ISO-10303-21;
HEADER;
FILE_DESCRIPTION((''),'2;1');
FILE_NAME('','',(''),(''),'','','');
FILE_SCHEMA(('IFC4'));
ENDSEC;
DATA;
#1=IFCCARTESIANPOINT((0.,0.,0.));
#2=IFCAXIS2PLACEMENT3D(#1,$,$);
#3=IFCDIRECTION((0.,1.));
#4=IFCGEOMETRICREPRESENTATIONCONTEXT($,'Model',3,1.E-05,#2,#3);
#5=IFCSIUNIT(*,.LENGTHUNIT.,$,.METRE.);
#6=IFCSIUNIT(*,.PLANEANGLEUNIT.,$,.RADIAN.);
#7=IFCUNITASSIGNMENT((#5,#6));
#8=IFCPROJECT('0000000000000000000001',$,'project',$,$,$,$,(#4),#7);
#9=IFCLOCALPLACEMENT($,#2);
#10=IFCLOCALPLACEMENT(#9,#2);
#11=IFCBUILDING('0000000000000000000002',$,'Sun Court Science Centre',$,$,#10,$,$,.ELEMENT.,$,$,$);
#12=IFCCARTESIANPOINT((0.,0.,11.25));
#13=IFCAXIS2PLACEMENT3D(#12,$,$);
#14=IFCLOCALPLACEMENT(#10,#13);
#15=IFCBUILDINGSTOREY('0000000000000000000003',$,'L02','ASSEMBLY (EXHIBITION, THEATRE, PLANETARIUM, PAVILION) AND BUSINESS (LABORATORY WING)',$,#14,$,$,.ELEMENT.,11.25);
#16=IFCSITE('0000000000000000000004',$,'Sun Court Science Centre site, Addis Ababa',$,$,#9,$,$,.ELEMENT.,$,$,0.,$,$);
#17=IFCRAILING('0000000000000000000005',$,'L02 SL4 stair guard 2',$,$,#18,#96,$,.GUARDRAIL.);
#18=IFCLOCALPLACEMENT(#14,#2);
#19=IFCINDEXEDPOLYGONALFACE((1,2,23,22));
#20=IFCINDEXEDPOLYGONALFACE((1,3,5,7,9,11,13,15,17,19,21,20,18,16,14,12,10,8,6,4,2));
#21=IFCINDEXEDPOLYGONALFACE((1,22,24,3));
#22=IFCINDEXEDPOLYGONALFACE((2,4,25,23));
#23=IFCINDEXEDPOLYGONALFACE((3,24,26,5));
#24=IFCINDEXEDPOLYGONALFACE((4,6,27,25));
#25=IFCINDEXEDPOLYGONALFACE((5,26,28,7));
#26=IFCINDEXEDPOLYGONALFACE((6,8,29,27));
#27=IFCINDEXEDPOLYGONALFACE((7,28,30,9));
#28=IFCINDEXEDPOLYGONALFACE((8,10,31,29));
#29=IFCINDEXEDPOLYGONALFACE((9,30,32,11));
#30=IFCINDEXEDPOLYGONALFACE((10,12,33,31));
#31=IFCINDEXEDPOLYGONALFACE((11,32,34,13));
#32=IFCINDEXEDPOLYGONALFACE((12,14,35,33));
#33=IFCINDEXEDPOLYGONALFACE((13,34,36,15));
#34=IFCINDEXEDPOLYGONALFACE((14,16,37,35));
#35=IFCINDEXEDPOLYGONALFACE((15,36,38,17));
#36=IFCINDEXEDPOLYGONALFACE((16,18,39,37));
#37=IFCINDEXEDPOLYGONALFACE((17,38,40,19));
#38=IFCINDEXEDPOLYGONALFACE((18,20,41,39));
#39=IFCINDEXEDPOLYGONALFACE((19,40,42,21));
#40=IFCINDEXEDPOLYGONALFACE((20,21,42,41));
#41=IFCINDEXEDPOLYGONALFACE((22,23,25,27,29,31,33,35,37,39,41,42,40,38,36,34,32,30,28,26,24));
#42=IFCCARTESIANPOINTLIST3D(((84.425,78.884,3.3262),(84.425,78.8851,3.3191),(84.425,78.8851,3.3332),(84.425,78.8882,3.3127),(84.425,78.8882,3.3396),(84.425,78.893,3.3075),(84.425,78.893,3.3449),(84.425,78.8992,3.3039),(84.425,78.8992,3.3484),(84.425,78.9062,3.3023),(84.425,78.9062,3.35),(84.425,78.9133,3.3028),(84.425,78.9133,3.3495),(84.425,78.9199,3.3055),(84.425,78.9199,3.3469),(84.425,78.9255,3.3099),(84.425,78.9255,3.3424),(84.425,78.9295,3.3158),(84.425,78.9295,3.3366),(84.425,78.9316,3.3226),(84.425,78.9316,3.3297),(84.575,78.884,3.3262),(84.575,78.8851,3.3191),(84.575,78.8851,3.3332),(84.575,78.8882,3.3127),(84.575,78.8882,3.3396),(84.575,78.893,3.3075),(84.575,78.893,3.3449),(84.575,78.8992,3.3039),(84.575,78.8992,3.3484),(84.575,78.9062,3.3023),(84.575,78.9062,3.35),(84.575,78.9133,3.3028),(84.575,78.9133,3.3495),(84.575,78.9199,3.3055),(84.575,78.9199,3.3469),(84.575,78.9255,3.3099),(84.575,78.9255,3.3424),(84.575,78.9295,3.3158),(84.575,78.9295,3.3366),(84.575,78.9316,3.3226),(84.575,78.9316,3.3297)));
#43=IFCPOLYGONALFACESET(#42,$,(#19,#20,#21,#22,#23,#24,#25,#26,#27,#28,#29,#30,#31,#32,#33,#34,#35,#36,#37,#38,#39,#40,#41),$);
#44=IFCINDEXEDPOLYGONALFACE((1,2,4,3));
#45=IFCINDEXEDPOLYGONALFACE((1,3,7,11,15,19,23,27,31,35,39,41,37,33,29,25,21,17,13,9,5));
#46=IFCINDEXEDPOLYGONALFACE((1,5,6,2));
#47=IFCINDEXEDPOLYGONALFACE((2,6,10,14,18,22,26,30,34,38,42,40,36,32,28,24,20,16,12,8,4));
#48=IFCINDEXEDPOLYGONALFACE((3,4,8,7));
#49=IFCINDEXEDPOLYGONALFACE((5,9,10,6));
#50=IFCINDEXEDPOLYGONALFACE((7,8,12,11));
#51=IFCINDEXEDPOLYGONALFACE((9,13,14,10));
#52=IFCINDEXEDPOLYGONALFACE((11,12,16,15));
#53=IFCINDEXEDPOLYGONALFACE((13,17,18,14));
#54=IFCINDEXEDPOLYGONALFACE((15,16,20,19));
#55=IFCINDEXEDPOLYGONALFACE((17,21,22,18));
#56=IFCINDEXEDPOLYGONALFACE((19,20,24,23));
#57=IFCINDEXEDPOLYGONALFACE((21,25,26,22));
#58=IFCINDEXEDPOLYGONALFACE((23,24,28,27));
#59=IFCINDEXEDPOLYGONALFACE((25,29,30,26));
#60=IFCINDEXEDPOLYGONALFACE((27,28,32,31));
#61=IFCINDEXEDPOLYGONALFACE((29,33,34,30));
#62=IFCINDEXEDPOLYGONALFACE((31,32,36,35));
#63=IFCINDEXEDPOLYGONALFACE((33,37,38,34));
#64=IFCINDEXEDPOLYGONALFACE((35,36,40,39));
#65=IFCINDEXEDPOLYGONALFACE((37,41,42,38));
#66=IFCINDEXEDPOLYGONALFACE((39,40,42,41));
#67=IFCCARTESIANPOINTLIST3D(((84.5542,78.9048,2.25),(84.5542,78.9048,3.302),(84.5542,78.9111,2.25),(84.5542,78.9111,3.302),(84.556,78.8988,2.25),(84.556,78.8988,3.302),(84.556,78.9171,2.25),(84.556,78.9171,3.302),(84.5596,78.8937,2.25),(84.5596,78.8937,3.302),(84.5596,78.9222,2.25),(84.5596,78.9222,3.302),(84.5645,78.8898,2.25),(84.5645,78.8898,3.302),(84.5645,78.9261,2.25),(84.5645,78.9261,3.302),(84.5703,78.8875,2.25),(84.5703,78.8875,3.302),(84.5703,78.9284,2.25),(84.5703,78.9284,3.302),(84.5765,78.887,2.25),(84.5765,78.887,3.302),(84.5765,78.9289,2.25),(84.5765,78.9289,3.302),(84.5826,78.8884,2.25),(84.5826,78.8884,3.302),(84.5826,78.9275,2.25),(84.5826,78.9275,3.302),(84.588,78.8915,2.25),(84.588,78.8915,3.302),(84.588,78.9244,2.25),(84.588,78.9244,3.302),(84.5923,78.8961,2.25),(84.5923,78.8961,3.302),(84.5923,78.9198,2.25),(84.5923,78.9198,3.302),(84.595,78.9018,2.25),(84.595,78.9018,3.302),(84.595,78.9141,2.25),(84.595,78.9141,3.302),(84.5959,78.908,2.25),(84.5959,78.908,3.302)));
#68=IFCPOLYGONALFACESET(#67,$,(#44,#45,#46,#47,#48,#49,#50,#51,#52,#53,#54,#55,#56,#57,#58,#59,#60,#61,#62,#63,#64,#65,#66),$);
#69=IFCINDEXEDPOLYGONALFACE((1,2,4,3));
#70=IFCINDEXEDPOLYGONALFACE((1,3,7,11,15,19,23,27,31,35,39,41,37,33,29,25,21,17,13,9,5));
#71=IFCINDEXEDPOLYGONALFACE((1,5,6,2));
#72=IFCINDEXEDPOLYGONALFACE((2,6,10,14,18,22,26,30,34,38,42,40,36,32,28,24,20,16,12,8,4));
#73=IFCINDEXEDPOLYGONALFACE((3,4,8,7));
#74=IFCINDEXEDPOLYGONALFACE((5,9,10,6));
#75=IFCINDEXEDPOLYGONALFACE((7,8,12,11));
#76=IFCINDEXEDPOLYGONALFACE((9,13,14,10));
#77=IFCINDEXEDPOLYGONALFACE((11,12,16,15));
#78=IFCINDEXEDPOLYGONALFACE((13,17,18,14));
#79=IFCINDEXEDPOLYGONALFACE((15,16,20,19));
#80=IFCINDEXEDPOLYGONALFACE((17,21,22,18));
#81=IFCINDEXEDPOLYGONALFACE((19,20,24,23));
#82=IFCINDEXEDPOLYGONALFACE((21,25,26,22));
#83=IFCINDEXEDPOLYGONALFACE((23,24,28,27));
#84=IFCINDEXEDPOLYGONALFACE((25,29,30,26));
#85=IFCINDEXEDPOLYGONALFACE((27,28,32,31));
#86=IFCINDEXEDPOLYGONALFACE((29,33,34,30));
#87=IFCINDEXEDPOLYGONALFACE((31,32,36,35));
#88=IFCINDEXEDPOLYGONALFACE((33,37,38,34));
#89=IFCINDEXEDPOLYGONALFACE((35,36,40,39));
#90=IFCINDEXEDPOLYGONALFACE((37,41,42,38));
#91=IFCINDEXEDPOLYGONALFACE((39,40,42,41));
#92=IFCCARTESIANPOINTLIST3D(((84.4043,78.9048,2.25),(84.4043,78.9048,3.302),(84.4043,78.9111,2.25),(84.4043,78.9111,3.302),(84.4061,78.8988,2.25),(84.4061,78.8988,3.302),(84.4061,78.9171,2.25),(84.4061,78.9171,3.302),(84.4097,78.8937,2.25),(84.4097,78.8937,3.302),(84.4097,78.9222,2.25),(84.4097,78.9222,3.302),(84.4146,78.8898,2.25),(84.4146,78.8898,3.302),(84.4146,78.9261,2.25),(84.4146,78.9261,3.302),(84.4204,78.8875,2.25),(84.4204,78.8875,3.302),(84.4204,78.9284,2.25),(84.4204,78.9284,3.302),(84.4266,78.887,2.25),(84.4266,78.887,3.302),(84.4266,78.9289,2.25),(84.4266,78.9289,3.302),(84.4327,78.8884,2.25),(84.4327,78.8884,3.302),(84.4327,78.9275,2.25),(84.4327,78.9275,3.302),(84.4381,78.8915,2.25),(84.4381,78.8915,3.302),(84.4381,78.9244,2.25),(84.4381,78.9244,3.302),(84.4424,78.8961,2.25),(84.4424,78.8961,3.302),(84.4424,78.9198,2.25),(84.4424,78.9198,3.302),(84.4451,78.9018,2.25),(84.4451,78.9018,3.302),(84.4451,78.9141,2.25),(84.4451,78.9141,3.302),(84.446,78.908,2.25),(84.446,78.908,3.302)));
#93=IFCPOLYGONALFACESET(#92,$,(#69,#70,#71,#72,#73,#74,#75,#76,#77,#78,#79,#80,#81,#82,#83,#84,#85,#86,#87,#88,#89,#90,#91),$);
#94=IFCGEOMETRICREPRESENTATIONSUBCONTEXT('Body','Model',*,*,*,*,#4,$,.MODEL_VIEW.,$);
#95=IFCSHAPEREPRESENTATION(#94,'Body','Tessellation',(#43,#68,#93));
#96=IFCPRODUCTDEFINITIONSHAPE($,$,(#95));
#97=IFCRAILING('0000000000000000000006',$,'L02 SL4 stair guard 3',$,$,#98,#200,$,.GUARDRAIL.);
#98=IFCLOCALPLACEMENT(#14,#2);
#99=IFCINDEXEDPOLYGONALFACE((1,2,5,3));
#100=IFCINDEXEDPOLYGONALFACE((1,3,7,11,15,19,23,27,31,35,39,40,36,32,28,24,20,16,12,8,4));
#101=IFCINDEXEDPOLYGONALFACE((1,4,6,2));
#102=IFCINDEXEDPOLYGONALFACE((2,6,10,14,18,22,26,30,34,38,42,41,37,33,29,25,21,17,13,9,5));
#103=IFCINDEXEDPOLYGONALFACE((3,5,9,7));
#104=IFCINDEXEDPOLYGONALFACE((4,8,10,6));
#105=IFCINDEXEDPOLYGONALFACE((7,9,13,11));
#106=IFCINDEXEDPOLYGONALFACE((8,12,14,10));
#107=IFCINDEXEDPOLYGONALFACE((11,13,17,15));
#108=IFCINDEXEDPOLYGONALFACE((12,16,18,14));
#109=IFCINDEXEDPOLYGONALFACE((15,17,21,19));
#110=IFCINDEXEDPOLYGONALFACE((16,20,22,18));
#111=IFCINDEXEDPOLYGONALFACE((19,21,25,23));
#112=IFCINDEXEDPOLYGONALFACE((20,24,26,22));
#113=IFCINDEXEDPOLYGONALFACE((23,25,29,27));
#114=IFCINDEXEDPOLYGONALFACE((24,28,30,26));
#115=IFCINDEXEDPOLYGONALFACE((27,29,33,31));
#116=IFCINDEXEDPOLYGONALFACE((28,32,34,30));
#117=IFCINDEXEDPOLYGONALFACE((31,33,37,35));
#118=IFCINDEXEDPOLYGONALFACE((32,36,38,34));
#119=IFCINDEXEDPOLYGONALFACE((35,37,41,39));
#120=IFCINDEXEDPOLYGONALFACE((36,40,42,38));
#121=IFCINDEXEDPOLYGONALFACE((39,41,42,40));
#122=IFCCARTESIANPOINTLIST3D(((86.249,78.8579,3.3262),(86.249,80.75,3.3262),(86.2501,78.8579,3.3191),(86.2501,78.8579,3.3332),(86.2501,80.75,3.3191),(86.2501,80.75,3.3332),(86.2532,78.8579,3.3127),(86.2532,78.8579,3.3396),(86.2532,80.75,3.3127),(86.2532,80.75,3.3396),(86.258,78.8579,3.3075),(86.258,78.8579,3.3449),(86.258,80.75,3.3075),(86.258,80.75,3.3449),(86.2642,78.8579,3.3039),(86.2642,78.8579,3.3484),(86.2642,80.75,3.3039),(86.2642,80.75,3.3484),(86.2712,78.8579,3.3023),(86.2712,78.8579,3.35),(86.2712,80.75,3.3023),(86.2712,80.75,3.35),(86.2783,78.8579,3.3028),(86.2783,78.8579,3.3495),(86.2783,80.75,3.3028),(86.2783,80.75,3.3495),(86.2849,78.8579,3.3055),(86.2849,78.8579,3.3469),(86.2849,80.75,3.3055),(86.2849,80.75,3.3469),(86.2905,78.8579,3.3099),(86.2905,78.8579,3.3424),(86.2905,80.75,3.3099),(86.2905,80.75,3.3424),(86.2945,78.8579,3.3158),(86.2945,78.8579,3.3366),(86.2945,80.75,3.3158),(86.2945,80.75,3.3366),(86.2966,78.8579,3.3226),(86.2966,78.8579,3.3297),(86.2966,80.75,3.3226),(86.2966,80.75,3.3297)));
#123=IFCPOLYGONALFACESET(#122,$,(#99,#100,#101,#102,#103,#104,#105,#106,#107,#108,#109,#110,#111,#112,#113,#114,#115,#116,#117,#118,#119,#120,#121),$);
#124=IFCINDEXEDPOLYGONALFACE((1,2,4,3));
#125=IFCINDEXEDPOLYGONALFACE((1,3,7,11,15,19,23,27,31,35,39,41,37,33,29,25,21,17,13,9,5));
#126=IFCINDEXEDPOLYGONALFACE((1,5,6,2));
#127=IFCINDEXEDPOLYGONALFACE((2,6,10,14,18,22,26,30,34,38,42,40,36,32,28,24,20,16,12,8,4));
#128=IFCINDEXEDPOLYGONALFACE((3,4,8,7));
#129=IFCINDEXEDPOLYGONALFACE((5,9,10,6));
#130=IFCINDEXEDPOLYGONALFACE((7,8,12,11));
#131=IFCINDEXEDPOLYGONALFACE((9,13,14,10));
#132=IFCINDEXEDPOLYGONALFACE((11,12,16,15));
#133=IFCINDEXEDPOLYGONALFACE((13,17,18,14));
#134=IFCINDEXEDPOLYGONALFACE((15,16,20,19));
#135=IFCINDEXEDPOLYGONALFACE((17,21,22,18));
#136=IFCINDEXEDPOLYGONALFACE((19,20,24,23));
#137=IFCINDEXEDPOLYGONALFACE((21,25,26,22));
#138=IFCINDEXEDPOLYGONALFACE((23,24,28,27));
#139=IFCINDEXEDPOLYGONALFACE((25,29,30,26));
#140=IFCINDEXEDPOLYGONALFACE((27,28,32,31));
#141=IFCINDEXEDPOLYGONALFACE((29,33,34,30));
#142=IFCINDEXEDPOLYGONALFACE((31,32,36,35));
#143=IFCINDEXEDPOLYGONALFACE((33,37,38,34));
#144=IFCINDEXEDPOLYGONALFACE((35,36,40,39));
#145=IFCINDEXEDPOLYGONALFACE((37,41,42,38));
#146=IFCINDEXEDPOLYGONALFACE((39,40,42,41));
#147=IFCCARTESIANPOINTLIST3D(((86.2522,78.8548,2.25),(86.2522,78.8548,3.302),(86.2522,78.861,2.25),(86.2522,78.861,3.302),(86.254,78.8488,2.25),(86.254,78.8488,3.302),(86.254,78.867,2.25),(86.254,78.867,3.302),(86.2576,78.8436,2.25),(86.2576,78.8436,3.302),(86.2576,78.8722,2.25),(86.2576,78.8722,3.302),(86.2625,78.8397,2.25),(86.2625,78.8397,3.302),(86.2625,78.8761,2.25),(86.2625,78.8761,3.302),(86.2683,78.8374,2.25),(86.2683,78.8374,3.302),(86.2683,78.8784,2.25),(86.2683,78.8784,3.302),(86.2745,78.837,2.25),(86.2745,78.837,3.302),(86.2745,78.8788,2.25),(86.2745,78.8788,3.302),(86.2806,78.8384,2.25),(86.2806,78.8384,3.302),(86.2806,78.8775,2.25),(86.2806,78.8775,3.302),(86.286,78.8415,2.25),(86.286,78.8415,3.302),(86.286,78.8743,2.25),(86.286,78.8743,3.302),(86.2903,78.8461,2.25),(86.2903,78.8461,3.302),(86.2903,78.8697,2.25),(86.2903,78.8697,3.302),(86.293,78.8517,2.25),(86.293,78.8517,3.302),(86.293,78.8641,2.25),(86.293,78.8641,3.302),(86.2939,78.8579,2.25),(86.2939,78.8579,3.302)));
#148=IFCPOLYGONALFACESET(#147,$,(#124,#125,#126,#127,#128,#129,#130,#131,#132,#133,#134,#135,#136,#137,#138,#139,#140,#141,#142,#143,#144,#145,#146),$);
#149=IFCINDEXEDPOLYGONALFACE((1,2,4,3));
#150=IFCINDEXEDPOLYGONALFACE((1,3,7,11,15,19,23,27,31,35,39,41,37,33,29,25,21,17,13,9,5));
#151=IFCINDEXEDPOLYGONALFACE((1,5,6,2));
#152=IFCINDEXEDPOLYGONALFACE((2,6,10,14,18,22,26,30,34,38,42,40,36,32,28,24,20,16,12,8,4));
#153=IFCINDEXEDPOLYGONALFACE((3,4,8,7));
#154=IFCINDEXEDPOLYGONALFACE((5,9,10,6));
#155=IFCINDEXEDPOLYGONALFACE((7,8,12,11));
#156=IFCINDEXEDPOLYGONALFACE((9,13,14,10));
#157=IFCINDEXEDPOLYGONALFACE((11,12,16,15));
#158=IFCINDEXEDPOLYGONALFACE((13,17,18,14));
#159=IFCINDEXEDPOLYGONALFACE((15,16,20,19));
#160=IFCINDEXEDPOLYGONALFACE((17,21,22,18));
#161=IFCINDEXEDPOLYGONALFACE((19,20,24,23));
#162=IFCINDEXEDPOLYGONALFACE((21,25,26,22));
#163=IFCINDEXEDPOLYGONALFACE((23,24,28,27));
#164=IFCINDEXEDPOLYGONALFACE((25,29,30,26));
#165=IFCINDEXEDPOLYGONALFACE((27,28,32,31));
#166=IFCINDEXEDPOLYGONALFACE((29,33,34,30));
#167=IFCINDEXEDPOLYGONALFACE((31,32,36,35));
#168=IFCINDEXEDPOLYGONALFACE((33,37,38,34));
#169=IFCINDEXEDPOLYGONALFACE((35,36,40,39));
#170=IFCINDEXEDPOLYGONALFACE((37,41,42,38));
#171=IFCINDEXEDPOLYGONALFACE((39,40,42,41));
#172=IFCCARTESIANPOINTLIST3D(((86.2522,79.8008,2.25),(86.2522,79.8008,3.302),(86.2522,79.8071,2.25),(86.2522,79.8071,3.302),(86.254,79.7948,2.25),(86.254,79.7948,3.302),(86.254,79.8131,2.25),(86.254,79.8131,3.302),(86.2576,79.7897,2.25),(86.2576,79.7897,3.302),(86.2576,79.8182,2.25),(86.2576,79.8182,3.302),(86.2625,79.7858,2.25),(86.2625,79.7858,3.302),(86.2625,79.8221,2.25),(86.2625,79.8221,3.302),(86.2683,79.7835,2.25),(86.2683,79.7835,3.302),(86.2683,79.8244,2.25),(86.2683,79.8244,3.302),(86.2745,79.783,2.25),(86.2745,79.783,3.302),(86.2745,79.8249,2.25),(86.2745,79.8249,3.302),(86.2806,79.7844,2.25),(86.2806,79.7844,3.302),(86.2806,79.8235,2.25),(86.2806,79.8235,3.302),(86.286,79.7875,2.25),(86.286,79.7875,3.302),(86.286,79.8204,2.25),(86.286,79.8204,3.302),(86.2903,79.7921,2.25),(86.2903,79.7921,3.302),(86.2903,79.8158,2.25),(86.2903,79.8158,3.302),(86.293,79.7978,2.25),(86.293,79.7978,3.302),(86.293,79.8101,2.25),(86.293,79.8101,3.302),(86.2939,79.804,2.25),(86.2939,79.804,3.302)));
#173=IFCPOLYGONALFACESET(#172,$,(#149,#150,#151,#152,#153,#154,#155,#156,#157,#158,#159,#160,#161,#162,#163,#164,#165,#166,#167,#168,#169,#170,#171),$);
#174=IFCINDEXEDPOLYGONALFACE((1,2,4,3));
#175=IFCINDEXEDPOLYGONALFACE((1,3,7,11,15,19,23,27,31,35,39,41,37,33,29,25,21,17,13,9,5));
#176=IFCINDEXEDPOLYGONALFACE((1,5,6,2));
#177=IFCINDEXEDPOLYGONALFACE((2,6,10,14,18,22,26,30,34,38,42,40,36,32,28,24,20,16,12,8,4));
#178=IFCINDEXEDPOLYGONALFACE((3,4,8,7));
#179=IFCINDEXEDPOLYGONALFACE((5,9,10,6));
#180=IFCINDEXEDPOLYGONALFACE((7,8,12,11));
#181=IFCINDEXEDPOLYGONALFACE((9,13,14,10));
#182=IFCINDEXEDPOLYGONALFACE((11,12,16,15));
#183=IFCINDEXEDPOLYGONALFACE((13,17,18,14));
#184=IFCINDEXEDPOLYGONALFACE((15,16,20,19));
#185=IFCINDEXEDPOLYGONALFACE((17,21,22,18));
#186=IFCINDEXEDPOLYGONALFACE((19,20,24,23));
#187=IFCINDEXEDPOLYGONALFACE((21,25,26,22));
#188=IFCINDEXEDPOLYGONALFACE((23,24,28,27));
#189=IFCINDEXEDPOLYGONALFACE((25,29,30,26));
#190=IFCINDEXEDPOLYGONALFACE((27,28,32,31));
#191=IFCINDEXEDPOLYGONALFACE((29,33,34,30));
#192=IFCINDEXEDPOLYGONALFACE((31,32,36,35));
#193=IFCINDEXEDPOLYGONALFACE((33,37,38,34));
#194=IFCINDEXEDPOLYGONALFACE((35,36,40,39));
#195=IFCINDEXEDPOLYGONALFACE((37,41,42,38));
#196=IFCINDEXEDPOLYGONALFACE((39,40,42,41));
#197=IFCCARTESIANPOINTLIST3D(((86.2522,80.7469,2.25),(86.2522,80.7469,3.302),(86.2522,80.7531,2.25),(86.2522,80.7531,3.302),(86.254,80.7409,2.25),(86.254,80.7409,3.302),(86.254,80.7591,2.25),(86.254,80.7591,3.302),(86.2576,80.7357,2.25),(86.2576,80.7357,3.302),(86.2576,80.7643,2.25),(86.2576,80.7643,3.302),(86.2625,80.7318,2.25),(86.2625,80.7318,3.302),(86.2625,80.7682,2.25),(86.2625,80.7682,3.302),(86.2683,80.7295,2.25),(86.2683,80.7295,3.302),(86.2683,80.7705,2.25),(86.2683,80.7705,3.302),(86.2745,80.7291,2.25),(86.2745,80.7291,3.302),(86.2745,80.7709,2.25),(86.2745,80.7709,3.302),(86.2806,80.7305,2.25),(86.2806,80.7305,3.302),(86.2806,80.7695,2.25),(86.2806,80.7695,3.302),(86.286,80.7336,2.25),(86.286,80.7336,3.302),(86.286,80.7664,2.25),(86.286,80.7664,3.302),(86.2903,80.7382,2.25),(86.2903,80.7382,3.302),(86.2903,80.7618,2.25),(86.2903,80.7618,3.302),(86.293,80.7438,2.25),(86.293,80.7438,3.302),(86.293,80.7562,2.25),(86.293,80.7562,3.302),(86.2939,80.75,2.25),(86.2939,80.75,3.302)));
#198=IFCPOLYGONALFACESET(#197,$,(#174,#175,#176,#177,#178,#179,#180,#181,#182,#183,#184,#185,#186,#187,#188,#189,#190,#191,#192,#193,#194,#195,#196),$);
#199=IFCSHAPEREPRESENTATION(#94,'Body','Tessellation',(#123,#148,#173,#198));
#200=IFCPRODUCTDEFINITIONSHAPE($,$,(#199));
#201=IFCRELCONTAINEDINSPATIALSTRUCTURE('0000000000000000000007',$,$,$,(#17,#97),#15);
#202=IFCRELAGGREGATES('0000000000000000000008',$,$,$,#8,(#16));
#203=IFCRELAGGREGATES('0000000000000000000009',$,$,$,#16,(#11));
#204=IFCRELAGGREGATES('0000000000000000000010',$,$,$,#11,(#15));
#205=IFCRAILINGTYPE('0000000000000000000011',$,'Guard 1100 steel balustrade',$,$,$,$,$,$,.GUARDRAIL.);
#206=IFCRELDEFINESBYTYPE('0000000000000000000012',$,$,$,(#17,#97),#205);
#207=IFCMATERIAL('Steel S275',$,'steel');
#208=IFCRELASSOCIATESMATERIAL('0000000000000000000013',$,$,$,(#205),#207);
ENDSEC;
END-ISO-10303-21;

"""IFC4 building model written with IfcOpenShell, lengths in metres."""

from ifc_helpers import new_model, si_unit, direction, frame, origin, origin_2d, place, context, subcontext, project, spatial, circle, extrude, material, type_object, element, save


model = new_model("IFC4")

# Units and contexts
model_context = context("Model", 3, precision=1e-05, world=origin(), true_north=direction((0.0, 1.0)))
body_context = subcontext(model_context, "Body", "Model", "MODEL_VIEW")
ifc_project = project(units=[si_unit("LENGTHUNIT", "METRE"), si_unit("PLANEANGLEUNIT", "RADIAN")], contexts=[model_context])

# Site, building, storey
site_placement = place(None, origin())
site = spatial("IfcSite", under=ifc_project, at=site_placement, Name="Sun Court Science Centre site, Addis Ababa", CompositionType="ELEMENT", RefElevation=0.0)
building_placement = place(site_placement, origin())
building = spatial("IfcBuilding", under=site, at=building_placement, Name="Sun Court Science Centre", CompositionType="ELEMENT")
storey_placement = place(building_placement, frame((0.0, 0.0, 11.25)))
storey = spatial("IfcBuildingStorey", under=building, at=storey_placement, Name="L02", Description="ASSEMBLY (EXHIBITION, THEATRE, PLANETARIUM, PAVILION) AND BUSINESS (LABORATORY WING)", CompositionType="ELEMENT", Elevation=11.25)

# Railings
ifc_material_1 = material(Name="Steel S275", Category="steel")
railing_type_1 = type_object("IfcRailingType", Name="Guard 1100 steel balustrade", PredefinedType="GUARDRAIL", material=ifc_material_1)
railing_1_placement = place(storey_placement, frame((84.575, 78.908, 2.25)))
element("IfcRailing", 1, at=railing_1_placement, inside=storey, type_object=railing_type_1, Name="L02 SL4 stair guard 2", PredefinedType="GUARDRAIL", context=body_context, shape_type="SweptSolid", body=[
    extrude(circle(Radius=0.0239, at=origin_2d()), frame((0.0, 0.0, 1.0762), z_axis=(-1.0, 0.0, 0.0), x_axis=(0.0, -1.0, 0.0)), (0.0, 0.0, 1.0), 0.1499),
    extrude(circle(Radius=0.021, at=origin_2d()), origin(), (0.0, 0.0, 1.0), 1.052),
    extrude(circle(Radius=0.021, at=origin_2d()), frame((-0.1499, 0.0, 0.0)), (0.0, 0.0, 1.0), 1.052),
])
railing_2_placement = place(storey_placement, frame((86.2729, 78.8579, 2.25)))
element("IfcRailing", 2, at=railing_2_placement, inside=storey, type_object=railing_type_1, Name="L02 SL4 stair guard 3", PredefinedType="GUARDRAIL", context=body_context, shape_type="SweptSolid", body=[
    extrude(circle(Radius=0.0239, at=origin_2d()), frame((0.0, 0.0, 1.0762), z_axis=(0.0, 1.0, 0.0), x_axis=(-1.0, 0.0, 0.0)), (0.0, 0.0, 1.0), 1.8921),
    extrude(circle(Radius=0.021, at=origin_2d()), origin(), (0.0, 0.0, 1.0), 1.052),
    extrude(circle(Radius=0.021, at=origin_2d()), frame((0.0, 0.946, 0.0)), (0.0, 0.0, 1.0), 1.052),
    extrude(circle(Radius=0.021, at=origin_2d()), frame((0.0, 1.8921, 0.0)), (0.0, 0.0, 1.0), 1.052),
])

save(model, "model.ifc")
